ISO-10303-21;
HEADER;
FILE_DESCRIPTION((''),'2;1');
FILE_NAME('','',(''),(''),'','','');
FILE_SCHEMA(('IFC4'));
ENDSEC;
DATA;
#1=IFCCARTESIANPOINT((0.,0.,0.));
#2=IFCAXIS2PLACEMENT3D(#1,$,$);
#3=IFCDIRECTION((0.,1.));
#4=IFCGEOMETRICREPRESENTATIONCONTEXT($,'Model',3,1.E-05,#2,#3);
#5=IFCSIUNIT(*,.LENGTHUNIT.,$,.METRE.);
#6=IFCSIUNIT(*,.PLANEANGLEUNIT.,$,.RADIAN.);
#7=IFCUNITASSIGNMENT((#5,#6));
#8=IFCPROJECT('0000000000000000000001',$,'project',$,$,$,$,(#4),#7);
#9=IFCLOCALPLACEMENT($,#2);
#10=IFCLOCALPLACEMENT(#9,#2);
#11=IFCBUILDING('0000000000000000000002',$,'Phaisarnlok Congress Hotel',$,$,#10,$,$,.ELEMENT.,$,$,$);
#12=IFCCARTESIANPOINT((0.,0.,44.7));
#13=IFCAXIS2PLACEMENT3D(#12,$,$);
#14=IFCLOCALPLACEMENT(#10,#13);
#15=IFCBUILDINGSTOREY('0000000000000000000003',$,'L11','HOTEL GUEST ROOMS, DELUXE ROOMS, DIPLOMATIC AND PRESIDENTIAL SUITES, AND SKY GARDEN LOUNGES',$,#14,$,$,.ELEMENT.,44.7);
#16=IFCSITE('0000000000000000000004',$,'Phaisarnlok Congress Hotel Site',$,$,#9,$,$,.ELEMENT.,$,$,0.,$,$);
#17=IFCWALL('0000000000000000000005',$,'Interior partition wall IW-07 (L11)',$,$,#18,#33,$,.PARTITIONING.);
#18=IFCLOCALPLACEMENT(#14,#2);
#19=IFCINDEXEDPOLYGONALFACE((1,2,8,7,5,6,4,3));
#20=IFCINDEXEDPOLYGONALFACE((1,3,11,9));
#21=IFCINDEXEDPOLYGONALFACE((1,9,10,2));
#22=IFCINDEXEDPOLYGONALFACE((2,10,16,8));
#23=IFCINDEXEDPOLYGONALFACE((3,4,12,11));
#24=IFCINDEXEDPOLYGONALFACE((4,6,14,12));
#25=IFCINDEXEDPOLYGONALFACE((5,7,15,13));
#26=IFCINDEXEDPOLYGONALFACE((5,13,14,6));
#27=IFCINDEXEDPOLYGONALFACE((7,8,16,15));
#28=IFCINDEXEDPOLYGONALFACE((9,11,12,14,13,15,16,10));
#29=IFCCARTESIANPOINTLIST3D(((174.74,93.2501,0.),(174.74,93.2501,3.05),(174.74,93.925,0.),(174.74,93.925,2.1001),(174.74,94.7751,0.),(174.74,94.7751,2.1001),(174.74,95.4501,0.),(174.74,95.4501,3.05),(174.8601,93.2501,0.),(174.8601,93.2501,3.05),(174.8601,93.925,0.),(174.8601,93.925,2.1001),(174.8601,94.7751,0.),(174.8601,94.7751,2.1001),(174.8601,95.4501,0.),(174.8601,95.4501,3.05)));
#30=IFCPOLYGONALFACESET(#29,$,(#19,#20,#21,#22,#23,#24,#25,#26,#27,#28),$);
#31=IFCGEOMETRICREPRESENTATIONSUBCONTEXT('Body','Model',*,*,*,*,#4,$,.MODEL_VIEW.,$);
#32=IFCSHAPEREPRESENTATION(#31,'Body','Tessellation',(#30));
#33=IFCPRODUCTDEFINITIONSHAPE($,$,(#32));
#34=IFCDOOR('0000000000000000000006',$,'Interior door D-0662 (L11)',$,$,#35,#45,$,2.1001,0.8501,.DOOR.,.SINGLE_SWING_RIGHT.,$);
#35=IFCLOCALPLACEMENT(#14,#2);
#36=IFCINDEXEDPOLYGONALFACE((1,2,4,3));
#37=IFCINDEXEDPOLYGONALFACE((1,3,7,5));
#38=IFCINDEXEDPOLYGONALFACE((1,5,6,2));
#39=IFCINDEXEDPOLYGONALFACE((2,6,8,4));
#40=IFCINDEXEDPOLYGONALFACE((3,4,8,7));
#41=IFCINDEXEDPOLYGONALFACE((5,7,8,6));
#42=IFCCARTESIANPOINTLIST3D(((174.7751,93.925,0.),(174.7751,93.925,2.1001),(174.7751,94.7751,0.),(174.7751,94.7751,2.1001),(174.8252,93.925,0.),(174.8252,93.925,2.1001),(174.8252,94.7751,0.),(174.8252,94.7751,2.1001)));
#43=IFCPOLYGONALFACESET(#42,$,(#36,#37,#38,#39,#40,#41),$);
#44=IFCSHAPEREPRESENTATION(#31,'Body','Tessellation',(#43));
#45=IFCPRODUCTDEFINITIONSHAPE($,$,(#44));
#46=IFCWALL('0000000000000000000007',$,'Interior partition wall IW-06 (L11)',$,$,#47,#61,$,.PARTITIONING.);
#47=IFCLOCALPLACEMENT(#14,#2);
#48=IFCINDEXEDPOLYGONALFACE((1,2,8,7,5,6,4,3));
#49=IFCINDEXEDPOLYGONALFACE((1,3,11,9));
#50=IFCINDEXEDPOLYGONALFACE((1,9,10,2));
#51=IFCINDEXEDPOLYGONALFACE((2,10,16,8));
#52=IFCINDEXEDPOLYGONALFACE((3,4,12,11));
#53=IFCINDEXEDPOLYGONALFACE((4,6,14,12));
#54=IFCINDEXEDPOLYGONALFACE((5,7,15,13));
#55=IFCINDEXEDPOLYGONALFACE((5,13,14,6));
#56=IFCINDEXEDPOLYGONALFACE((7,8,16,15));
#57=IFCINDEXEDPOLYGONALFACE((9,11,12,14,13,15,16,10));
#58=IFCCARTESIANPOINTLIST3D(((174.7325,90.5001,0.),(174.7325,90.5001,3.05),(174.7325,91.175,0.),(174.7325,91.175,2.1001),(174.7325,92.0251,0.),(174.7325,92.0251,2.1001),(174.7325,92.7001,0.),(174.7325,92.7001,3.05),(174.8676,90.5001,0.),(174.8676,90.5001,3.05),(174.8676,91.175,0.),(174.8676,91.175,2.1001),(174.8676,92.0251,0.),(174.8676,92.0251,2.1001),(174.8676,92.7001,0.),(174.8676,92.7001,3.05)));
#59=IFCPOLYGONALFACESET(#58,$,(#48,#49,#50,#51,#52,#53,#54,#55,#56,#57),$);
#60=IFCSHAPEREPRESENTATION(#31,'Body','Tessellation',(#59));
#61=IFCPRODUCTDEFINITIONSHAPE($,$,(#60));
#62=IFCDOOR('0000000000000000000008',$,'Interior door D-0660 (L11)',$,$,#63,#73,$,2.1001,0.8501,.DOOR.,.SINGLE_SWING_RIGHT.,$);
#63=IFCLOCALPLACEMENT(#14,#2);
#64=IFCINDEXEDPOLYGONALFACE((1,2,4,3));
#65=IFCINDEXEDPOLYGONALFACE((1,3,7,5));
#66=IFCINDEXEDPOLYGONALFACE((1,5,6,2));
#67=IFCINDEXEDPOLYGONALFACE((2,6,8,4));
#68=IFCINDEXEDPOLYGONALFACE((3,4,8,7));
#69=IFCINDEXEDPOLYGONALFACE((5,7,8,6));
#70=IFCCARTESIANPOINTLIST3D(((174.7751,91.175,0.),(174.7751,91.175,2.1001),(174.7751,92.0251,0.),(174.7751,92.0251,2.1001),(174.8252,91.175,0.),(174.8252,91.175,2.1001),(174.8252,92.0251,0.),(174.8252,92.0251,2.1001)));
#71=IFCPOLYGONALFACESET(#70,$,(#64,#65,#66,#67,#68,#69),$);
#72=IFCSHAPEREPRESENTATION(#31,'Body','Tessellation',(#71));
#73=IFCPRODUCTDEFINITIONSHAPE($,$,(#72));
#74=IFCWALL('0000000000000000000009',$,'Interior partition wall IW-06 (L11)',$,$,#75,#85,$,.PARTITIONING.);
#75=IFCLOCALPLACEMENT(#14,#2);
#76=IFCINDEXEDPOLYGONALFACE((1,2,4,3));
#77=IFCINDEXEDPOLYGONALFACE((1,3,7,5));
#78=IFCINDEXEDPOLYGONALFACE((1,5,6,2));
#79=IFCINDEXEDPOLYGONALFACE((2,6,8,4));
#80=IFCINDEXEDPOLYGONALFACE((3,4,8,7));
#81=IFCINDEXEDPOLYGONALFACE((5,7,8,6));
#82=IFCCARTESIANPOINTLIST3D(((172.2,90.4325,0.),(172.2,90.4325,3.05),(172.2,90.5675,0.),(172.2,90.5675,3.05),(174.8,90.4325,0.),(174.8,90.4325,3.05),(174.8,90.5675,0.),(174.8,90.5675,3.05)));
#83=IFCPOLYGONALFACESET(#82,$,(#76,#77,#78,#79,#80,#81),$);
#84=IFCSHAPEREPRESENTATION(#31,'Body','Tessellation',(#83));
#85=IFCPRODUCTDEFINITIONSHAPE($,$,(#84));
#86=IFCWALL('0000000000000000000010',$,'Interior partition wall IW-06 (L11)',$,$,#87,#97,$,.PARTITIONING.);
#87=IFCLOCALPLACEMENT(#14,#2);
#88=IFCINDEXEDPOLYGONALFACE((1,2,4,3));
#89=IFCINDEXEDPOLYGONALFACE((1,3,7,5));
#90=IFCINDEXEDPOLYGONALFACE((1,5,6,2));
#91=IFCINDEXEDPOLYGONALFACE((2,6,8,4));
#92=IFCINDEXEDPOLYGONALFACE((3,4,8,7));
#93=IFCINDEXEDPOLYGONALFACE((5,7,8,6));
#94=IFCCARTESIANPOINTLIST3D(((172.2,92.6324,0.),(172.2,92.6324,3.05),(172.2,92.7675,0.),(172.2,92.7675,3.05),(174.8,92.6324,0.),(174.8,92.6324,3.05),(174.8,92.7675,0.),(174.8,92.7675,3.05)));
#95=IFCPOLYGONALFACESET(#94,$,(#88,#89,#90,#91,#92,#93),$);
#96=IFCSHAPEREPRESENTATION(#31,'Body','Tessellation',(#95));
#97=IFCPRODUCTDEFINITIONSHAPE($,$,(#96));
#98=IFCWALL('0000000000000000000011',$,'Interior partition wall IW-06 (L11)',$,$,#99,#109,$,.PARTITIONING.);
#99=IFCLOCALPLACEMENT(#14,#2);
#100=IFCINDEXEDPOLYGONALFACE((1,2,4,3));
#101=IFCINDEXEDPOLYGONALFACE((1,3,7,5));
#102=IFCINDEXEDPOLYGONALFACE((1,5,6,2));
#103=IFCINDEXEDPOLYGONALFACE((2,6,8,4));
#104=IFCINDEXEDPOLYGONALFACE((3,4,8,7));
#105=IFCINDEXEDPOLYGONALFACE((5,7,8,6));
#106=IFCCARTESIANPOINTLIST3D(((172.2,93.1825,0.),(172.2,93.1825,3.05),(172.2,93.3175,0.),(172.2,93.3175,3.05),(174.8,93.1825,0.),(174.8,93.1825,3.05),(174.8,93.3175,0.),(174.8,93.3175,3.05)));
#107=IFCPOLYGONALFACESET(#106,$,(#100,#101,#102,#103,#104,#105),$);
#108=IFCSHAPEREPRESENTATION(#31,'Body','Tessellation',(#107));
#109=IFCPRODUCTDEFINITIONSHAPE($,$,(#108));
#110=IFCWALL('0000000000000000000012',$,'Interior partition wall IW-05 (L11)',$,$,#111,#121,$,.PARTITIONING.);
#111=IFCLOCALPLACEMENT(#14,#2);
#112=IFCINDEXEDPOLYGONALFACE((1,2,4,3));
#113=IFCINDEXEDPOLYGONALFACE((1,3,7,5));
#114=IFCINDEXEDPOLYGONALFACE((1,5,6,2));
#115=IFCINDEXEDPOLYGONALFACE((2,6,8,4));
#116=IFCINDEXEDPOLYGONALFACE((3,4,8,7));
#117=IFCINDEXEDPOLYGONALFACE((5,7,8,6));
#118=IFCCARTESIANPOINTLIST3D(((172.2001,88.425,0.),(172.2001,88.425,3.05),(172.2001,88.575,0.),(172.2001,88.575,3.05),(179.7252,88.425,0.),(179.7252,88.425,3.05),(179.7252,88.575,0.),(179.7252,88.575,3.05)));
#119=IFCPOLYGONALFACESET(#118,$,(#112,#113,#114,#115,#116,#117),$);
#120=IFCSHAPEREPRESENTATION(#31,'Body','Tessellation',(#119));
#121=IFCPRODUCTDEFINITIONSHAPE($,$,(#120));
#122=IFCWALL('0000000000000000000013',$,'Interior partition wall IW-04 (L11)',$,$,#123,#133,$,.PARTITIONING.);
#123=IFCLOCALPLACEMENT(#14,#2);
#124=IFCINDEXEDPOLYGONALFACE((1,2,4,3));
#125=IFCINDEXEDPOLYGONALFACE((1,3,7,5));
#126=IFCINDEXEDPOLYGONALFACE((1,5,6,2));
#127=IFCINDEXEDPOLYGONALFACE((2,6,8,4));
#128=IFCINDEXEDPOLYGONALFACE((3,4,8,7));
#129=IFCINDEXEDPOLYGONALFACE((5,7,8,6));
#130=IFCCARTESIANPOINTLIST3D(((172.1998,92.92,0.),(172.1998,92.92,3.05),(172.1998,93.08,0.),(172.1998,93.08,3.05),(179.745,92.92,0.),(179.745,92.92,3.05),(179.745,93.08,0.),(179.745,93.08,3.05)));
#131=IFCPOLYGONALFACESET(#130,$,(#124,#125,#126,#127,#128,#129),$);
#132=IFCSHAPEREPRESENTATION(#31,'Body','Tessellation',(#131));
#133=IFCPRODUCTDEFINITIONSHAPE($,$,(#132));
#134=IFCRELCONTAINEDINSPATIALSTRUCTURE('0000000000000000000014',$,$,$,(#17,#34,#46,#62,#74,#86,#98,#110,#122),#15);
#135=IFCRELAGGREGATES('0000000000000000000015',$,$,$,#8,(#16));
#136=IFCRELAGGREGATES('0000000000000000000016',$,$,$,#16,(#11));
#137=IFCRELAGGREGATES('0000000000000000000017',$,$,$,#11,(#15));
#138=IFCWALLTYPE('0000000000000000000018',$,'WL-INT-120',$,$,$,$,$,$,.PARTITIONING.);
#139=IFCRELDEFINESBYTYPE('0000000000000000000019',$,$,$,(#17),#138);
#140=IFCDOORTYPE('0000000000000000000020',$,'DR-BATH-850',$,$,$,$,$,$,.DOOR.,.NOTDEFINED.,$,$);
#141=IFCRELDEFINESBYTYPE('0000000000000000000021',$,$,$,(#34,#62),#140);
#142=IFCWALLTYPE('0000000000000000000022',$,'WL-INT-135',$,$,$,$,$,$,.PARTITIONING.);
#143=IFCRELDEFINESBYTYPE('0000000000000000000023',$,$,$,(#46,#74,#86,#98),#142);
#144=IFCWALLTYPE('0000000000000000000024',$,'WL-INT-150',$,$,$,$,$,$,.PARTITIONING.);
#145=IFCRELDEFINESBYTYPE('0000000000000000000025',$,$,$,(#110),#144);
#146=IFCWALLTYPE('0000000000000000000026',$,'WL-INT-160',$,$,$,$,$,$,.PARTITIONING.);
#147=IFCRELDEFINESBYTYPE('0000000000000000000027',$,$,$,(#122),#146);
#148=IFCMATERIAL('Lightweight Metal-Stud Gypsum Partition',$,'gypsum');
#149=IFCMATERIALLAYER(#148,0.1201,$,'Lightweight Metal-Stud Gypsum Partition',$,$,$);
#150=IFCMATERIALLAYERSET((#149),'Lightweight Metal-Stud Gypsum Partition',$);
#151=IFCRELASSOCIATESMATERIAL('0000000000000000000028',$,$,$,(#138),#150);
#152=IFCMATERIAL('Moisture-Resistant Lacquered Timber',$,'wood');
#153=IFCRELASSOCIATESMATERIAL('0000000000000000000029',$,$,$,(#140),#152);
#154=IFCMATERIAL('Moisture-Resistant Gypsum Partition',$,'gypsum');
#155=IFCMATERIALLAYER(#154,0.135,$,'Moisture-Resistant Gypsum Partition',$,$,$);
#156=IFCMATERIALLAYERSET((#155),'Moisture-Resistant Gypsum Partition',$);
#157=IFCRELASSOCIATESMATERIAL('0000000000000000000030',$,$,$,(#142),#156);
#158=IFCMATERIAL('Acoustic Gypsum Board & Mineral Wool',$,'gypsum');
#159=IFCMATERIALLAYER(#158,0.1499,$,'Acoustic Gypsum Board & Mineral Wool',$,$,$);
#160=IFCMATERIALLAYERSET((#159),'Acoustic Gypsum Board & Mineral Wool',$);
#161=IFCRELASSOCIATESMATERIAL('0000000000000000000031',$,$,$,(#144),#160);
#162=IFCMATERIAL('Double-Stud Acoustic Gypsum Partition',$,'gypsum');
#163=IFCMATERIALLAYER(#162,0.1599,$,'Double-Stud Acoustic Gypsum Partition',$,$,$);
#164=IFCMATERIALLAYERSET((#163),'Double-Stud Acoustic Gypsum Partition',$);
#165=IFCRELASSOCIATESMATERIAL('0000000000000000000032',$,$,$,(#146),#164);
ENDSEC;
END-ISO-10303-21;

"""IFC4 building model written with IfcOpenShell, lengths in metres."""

from ifc_helpers import new_model, si_unit, direction, frame, frame_2d, origin, place, context, subcontext, project, spatial, rectangle, extrude, material, layer, layer_set, type_object, element, fill, save


model = new_model("IFC4")

# Units and contexts
model_context = context("Model", 3, precision=1e-05, world=origin(), true_north=direction((0.0, 1.0)))
body_context = subcontext(model_context, "Body", "Model", "MODEL_VIEW")
ifc_project = project(units=[si_unit("LENGTHUNIT", "METRE"), si_unit("PLANEANGLEUNIT", "RADIAN")], contexts=[model_context])

# Site, building, storey
site_placement = place(None, origin())
site = spatial("IfcSite", under=ifc_project, at=site_placement, Name="Phaisarnlok Congress Hotel Site", CompositionType="ELEMENT", RefElevation=0.0)
building_placement = place(site_placement, origin())
building = spatial("IfcBuilding", under=site, at=building_placement, Name="Phaisarnlok Congress Hotel", CompositionType="ELEMENT")
storey_placement = place(building_placement, frame((0.0, 0.0, 44.7)))
storey = spatial("IfcBuildingStorey", under=building, at=storey_placement, Name="L11", Description="HOTEL GUEST ROOMS, DELUXE ROOMS, DIPLOMATIC AND PRESIDENTIAL SUITES, AND SKY GARDEN LOUNGES", CompositionType="ELEMENT", Elevation=44.7)

# Walls, openings, doors
ifc_material_1 = material(Name="Lightweight Metal-Stud Gypsum Partition", Category="gypsum")
ifc_layer_1 = layer(ifc_material_1, 0.1201, Name="Lightweight Metal-Stud Gypsum Partition")
ifc_layer_set_1 = layer_set([ifc_layer_1], Name="Lightweight Metal-Stud Gypsum Partition")
wall_type_1 = type_object("IfcWallType", Name="WL-INT-120", PredefinedType="PARTITIONING", material=ifc_layer_set_1)
wall_1_placement = place(storey_placement, frame((174.8, 93.25, 0.0), z_axis=(0.0, 0.0, 1.0), x_axis=(0.0, 1.0, 0.0)))
wall_1 = element("IfcWall", 1, at=wall_1_placement, inside=storey, type_object=wall_type_1, Name="Interior partition wall IW-07 (L11)", PredefinedType="PARTITIONING", context=body_context, shape_type="SweptSolid", body=[
    extrude(rectangle(XDim=2.2, YDim=0.1201, at=frame_2d((1.1001, 0.0))), origin(), (0.0, 0.0, 1.0), 3.05),
])
opening_1_placement = place(wall_1_placement, frame((0.675, 0.0, 0.0)))
opening_1 = element("IfcOpeningElement", 2, at=opening_1_placement, cuts=wall_1, PredefinedType="OPENING", context=body_context, shape_type="SweptSolid", body=[
    extrude(rectangle(XDim=0.8501, YDim=2.1001, at=frame_2d((0.425, 1.05))), frame((0.0, 0.0701, 0.0), z_axis=(0.0, -1.0, 0.0), x_axis=(1.0, 0.0, 0.0)), (0.0, 0.0, 1.0), 0.1401),
])
ifc_material_2 = material(Name="Moisture-Resistant Lacquered Timber", Category="wood")
door_type = type_object("IfcDoorType", Name="DR-BATH-850", OperationType="NOTDEFINED", PredefinedType="DOOR", material=ifc_material_2)
door_1_placement = place(opening_1_placement, origin())
door_1 = element("IfcDoor", 3, at=door_1_placement, inside=storey, type_object=door_type, Name="Interior door D-0662 (L11)", OperationType="SINGLE_SWING_RIGHT", OverallHeight=2.1001, OverallWidth=0.8501, PredefinedType="DOOR", context=body_context, shape_type="SweptSolid", body=[
    extrude(rectangle(XDim=0.8501, YDim=2.1001, at=frame_2d((0.425, 1.05))), frame((0.0, 0.0249, 0.0), z_axis=(0.0, -1.0, 0.0), x_axis=(1.0, 0.0, 0.0)), (0.0, 0.0, 1.0), 0.05),
])
fill(opening_1, door_1)
ifc_material_3 = material(Name="Moisture-Resistant Gypsum Partition", Category="gypsum")
ifc_layer_2 = layer(ifc_material_3, 0.135, Name="Moisture-Resistant Gypsum Partition")
ifc_layer_set_2 = layer_set([ifc_layer_2], Name="Moisture-Resistant Gypsum Partition")
wall_type_2 = type_object("IfcWallType", Name="WL-INT-135", PredefinedType="PARTITIONING", material=ifc_layer_set_2)
wall_2_placement = place(storey_placement, frame((174.8, 90.5, 0.0), z_axis=(0.0, 0.0, 1.0), x_axis=(0.0, 1.0, 0.0)))
wall_2 = element("IfcWall", 4, at=wall_2_placement, inside=storey, type_object=wall_type_2, Name="Interior partition wall IW-06 (L11)", PredefinedType="PARTITIONING", context=body_context, shape_type="SweptSolid", body=[
    extrude(rectangle(XDim=2.2, YDim=0.135, at=frame_2d((1.1001, 0.0))), origin(), (0.0, 0.0, 1.0), 3.05),
])
opening_2_placement = place(wall_2_placement, frame((0.675, 0.0, 0.0)))
opening_2 = element("IfcOpeningElement", 5, at=opening_2_placement, cuts=wall_2, PredefinedType="OPENING", context=body_context, shape_type="SweptSolid", body=[
    extrude(rectangle(XDim=0.8501, YDim=2.1001, at=frame_2d((0.425, 1.05))), frame((0.0, 0.0776, 0.0), z_axis=(0.0, -1.0, 0.0), x_axis=(1.0, 0.0, 0.0)), (0.0, 0.0, 1.0), 0.155),
])
door_2_placement = place(opening_2_placement, origin())
door_2 = element("IfcDoor", 6, at=door_2_placement, inside=storey, type_object=door_type, Name="Interior door D-0660 (L11)", OperationType="SINGLE_SWING_RIGHT", OverallHeight=2.1001, OverallWidth=0.8501, PredefinedType="DOOR", context=body_context, shape_type="SweptSolid", body=[
    extrude(rectangle(XDim=0.8501, YDim=2.1001, at=frame_2d((0.425, 1.05))), frame((0.0, 0.0249, 0.0), z_axis=(0.0, -1.0, 0.0), x_axis=(1.0, 0.0, 0.0)), (0.0, 0.0, 1.0), 0.05),
])
fill(opening_2, door_2)

# Walls
for number, where, z_axis, x_axis, name in (
    (7, (172.2, 90.5, 0.0), (0.0, 0.0, 1.0), (1.0, 0.0, 0.0), "Interior partition wall IW-06 (L11)"),
    (8, (172.2, 92.7, 0.0), (0.0, 0.0, 1.0), (1.0, 0.0, 0.0), "Interior partition wall IW-06 (L11)"),
    (9, (172.2, 93.25, 0.0), (0.0, 0.0, 1.0), (1.0, 0.0, 0.0), "Interior partition wall IW-06 (L11)"),
):
    element("IfcWall", number, at=place(storey_placement, frame(where, z_axis=z_axis, x_axis=x_axis)), inside=storey, type_object=wall_type_2, Name=name, PredefinedType="PARTITIONING", context=body_context, shape_type="SweptSolid", body=[
        extrude(rectangle(XDim=2.6001, YDim=0.135, at=frame_2d((1.3, 0.0))), origin(), (0.0, 0.0, 1.0), 3.05),
    ])
ifc_material_4 = material(Name="Acoustic Gypsum Board & Mineral Wool", Category="gypsum")
ifc_layer_3 = layer(ifc_material_4, 0.1499, Name="Acoustic Gypsum Board & Mineral Wool")
ifc_layer_set_3 = layer_set([ifc_layer_3], Name="Acoustic Gypsum Board & Mineral Wool")
wall_type_3 = type_object("IfcWallType", Name="WL-INT-150", PredefinedType="PARTITIONING", material=ifc_layer_set_3)
wall_3_placement = place(storey_placement, frame((172.2, 88.5, 0.0), z_axis=(0.0, 0.0, 1.0), x_axis=(1.0, 0.0, 0.0)))
element("IfcWall", 10, at=wall_3_placement, inside=storey, type_object=wall_type_3, Name="Interior partition wall IW-05 (L11)", PredefinedType="PARTITIONING", context=body_context, shape_type="SweptSolid", body=[
    extrude(rectangle(XDim=7.5251, YDim=0.1499, at=frame_2d((3.7627, 0.0))), origin(), (0.0, 0.0, 1.0), 3.05),
])
ifc_material_5 = material(Name="Double-Stud Acoustic Gypsum Partition", Category="gypsum")
ifc_layer_4 = layer(ifc_material_5, 0.1599, Name="Double-Stud Acoustic Gypsum Partition")
ifc_layer_set_4 = layer_set([ifc_layer_4], Name="Double-Stud Acoustic Gypsum Partition")
wall_type_4 = type_object("IfcWallType", Name="WL-INT-160", PredefinedType="PARTITIONING", material=ifc_layer_set_4)
wall_4_placement = place(storey_placement, frame((172.2, 93.0, 0.0), z_axis=(0.0, 0.0, 1.0), x_axis=(1.0, 0.0, 0.0)))
element("IfcWall", 11, at=wall_4_placement, inside=storey, type_object=wall_type_4, Name="Interior partition wall IW-04 (L11)", PredefinedType="PARTITIONING", context=body_context, shape_type="SweptSolid", body=[
    extrude(rectangle(XDim=7.5452, YDim=0.1599, at=frame_2d((3.7725, 0.0))), origin(), (0.0, 0.0, 1.0), 3.05),
])

save(model, "model.ifc")
